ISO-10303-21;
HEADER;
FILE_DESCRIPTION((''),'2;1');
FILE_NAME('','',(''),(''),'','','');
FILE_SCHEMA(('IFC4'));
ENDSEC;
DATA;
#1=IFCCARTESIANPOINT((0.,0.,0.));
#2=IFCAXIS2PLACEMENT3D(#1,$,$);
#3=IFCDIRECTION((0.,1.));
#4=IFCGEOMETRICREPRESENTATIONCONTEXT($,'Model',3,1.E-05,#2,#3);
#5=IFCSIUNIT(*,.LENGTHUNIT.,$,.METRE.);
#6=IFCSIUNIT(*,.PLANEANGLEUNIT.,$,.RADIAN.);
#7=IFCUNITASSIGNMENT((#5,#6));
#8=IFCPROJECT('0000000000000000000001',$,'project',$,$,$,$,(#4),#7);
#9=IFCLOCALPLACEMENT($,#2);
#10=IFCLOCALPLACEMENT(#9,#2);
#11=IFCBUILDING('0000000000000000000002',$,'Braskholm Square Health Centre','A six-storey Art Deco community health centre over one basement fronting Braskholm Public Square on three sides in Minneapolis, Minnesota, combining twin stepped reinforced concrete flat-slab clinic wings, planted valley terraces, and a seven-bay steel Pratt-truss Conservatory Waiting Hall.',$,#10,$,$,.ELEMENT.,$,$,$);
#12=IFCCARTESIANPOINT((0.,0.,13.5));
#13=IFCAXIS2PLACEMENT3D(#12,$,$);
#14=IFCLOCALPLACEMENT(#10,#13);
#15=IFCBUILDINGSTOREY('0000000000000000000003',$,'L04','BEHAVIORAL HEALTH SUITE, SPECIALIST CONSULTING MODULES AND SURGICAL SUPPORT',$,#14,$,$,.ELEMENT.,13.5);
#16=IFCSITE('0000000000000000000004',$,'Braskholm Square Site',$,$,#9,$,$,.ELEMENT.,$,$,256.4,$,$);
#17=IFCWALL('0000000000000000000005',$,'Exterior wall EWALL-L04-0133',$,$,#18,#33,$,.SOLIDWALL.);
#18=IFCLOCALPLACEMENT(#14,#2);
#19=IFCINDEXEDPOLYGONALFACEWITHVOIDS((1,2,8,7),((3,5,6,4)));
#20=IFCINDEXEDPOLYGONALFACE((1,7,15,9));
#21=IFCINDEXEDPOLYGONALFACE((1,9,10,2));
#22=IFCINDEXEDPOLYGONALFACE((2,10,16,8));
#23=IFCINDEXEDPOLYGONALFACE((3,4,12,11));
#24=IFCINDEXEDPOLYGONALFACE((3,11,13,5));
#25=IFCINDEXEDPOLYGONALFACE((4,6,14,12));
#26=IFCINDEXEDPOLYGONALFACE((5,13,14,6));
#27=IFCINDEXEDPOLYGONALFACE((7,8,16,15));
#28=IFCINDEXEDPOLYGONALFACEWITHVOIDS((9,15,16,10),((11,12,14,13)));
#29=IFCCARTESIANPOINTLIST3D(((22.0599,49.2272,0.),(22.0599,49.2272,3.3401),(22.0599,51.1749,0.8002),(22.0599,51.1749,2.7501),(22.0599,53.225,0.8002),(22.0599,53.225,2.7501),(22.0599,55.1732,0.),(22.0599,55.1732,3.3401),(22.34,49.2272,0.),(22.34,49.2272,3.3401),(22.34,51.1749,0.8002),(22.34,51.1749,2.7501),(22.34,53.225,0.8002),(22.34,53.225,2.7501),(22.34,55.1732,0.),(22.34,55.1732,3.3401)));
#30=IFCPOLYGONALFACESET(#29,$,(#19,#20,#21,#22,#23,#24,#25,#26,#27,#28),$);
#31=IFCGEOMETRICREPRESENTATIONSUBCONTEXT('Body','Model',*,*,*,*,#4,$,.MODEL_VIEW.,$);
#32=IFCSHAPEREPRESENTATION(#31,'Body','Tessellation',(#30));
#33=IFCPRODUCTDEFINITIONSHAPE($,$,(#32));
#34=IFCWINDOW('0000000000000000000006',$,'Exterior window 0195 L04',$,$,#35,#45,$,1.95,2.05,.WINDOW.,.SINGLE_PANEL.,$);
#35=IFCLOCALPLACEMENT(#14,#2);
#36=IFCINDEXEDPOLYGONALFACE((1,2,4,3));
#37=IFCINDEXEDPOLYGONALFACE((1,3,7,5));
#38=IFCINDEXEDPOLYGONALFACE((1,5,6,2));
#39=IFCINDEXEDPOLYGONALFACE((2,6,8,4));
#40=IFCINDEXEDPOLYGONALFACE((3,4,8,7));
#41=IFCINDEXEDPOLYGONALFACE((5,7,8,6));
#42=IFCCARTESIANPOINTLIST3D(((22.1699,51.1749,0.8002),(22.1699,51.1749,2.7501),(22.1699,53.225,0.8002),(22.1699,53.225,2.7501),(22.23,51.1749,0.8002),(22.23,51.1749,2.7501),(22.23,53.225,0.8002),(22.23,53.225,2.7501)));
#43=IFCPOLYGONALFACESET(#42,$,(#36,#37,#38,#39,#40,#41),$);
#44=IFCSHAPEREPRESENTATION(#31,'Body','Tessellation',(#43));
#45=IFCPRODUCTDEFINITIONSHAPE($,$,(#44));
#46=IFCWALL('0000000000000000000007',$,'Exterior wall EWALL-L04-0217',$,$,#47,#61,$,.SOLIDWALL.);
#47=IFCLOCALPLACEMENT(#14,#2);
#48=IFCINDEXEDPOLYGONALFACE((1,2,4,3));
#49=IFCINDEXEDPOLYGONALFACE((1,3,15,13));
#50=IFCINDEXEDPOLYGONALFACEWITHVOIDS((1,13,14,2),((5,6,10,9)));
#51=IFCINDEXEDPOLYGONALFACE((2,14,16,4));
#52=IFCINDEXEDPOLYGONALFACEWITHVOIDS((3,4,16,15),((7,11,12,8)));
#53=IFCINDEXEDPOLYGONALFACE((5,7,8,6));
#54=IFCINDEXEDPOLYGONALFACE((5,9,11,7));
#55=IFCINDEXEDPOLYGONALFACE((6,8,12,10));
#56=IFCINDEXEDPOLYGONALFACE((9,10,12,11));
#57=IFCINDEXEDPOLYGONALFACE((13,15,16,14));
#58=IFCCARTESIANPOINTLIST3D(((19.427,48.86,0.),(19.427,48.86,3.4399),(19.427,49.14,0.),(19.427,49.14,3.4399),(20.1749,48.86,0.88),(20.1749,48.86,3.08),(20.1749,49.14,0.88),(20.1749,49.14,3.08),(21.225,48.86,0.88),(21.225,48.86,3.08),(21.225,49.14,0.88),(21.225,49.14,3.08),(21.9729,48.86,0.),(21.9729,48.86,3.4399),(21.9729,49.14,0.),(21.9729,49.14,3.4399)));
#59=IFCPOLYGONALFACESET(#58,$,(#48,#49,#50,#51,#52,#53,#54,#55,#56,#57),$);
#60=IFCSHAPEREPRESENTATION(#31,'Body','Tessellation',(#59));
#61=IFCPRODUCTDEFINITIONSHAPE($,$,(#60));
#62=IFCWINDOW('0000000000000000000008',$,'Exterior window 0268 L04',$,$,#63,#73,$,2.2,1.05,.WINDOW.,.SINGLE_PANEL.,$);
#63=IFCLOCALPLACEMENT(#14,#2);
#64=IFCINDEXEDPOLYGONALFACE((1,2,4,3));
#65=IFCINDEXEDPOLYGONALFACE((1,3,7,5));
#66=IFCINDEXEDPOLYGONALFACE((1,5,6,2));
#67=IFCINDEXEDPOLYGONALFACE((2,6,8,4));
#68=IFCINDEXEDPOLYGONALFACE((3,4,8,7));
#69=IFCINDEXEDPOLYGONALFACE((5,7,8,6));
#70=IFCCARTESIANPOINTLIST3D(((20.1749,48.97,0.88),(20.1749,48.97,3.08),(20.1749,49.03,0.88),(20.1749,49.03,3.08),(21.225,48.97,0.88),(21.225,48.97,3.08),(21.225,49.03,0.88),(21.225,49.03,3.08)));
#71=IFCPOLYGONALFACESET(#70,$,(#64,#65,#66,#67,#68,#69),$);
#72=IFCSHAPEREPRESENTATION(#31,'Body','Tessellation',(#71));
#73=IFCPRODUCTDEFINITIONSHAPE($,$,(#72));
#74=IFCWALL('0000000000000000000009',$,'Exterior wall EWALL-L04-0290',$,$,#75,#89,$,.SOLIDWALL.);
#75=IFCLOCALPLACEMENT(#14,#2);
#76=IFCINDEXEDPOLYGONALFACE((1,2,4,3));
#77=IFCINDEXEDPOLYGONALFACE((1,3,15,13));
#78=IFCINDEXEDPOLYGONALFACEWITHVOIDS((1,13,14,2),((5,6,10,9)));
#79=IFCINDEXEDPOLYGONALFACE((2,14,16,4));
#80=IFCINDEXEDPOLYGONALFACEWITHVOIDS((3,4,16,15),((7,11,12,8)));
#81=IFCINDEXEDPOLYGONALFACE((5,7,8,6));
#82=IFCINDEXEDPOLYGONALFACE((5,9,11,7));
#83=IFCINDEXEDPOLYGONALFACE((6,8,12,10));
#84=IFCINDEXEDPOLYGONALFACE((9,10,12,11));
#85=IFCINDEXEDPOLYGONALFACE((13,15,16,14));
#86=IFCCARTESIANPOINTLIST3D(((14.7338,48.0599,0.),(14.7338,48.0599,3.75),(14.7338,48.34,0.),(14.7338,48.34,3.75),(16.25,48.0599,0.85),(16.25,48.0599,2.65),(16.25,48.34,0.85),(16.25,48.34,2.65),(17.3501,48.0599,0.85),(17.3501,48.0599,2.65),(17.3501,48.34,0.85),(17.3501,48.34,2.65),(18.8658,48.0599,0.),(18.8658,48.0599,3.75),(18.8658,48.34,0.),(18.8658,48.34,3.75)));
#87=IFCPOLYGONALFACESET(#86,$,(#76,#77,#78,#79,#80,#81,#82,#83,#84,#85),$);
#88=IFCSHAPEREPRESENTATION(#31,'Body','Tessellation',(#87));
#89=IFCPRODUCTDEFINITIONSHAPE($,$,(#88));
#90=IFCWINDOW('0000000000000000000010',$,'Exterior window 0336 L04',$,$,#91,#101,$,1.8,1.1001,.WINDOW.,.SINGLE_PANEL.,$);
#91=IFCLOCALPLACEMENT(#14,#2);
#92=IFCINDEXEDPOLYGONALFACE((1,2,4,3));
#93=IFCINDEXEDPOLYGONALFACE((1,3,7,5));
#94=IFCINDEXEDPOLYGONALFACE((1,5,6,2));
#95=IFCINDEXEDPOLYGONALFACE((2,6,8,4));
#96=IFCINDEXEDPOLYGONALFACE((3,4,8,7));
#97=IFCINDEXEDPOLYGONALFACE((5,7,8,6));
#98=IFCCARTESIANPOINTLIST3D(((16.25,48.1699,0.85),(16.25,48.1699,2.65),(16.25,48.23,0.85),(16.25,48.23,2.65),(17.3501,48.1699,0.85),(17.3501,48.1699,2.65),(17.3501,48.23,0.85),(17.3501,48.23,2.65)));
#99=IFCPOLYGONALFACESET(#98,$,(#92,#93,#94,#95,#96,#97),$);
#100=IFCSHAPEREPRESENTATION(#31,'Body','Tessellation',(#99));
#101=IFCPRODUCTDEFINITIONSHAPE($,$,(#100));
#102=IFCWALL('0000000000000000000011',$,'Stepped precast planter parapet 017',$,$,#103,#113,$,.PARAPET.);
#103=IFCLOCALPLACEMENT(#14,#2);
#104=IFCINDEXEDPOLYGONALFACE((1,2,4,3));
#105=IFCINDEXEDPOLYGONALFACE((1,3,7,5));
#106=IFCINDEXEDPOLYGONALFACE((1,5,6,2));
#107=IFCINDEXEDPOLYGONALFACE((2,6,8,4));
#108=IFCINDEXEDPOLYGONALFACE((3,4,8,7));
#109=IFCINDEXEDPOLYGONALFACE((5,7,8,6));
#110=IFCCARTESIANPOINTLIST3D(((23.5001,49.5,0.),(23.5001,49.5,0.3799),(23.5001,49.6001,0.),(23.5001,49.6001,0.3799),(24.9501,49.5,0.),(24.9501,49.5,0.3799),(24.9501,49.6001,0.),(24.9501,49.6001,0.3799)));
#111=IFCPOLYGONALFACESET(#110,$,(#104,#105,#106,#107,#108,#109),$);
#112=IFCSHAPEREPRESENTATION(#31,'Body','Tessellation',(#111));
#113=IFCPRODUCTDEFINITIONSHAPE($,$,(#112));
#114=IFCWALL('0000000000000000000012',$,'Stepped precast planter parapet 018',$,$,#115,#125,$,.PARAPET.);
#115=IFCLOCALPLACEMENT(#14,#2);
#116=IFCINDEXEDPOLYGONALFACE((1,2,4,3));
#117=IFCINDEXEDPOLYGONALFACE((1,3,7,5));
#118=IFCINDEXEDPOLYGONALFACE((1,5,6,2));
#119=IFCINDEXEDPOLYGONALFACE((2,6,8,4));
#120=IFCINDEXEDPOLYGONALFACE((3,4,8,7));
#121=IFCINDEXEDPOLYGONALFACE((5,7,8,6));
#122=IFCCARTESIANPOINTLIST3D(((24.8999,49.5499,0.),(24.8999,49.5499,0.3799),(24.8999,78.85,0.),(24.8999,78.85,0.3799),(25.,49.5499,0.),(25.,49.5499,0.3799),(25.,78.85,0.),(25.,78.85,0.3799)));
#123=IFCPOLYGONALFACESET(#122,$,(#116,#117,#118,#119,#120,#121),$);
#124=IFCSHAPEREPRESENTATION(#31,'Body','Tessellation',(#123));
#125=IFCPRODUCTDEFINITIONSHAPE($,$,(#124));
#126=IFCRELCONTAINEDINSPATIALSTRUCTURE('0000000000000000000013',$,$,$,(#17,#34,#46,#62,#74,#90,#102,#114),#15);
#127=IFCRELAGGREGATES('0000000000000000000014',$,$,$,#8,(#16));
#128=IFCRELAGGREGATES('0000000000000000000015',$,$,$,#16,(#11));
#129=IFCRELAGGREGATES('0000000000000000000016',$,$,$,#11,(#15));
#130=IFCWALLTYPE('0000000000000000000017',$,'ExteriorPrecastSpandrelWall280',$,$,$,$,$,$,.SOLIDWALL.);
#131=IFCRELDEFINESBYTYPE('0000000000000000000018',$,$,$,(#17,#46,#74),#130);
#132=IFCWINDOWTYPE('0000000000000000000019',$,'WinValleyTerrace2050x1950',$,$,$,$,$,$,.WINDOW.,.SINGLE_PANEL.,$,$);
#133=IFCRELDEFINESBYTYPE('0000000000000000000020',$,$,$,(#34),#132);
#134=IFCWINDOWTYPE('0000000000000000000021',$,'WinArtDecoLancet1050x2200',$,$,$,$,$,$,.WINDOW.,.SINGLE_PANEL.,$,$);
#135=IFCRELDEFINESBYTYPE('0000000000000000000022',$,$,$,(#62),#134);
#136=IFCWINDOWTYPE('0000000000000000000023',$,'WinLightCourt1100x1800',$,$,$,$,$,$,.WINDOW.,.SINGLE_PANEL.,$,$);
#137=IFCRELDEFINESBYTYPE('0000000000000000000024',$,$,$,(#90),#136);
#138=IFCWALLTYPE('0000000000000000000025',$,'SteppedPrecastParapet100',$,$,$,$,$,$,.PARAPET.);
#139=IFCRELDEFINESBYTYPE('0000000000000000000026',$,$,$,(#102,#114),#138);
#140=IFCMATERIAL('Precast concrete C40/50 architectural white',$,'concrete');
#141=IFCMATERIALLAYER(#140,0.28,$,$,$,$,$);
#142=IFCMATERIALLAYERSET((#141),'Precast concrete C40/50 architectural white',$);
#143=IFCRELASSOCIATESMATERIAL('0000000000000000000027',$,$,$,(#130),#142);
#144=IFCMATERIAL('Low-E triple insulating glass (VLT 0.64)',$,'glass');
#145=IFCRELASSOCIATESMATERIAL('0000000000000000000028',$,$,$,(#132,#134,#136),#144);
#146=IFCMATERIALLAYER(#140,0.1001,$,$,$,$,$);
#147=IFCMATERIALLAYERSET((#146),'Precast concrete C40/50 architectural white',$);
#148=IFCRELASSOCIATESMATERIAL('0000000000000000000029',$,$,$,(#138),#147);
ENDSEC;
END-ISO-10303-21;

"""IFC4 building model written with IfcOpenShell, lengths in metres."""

from ifc_helpers import new_model, si_unit, direction, frame, frame_2d, origin, origin_with_axes, place, context, subcontext, project, spatial, rectangle, extrude, material, layer, layer_set, type_object, element, fill, save


model = new_model("IFC4")

# Units and contexts
model_context = context("Model", 3, precision=1e-05, world=origin(), true_north=direction((0.0, 1.0)))
body_context = subcontext(model_context, "Body", "Model", "MODEL_VIEW")
ifc_project = project(units=[si_unit("LENGTHUNIT", "METRE"), si_unit("PLANEANGLEUNIT", "RADIAN")], contexts=[model_context])

# Site, building, storey
site_placement = place(None, origin())
site = spatial("IfcSite", under=ifc_project, at=site_placement, Name="Braskholm Square Site", CompositionType="ELEMENT", RefElevation=256.4)
building_placement = place(site_placement, origin())
building = spatial("IfcBuilding", under=site, at=building_placement, Name="Braskholm Square Health Centre", Description="A six-storey Art Deco community health centre over one basement fronting Braskholm Public Square on three sides in Minneapolis, Minnesota, combining twin stepped reinforced concrete flat-slab clinic wings, planted valley terraces, and a seven-bay steel Pratt-truss Conservatory Waiting Hall.", CompositionType="ELEMENT")
storey_placement = place(building_placement, frame((0.0, 0.0, 13.5)))
storey = spatial("IfcBuildingStorey", under=building, at=storey_placement, Name="L04", Description="BEHAVIORAL HEALTH SUITE, SPECIALIST CONSULTING MODULES AND SURGICAL SUPPORT", CompositionType="ELEMENT", Elevation=13.5)

# Shared definitions
ifc_material_1 = material(Name="Low-E triple insulating glass (VLT 0.64)", Category="glass")

# Shared definitions
ifc_material_2 = material(Name="Precast concrete C40/50 architectural white", Category="concrete")

# Walls, openings, windows
ifc_layer_1 = layer(ifc_material_2, 0.28)
ifc_layer_set_1 = layer_set([ifc_layer_1], Name="Precast concrete C40/50 architectural white")
wall_type_1 = type_object("IfcWallType", Name="ExteriorPrecastSpandrelWall280", PredefinedType="SOLIDWALL", material=ifc_layer_set_1)
wall_1_placement = place(storey_placement, frame((22.2, 49.2271, 0.0), z_axis=(0.0, 0.0, 1.0), x_axis=(0.0, 1.0, 0.0)))
wall_1 = element("IfcWall", 1, at=wall_1_placement, inside=storey, type_object=wall_type_1, Name="Exterior wall EWALL-L04-0133", PredefinedType="SOLIDWALL", context=body_context, shape_type="SweptSolid", body=[
    extrude(rectangle(XDim=5.946, YDim=0.28, at=frame_2d((2.9731, 0.0))), origin(), (0.0, 0.0, 1.0), 3.3401),
])
opening_1_placement = place(wall_1_placement, frame((1.948, 0.0, 0.8)))
opening_1 = element("IfcOpeningElement", 2, at=opening_1_placement, cuts=wall_1, PredefinedType="OPENING", context=body_context, shape_type="SweptSolid", body=[
    extrude(rectangle(XDim=2.05, YDim=1.95, at=frame_2d((1.0249, 0.9751))), frame((0.0, 0.1499, 0.0), z_axis=(0.0, -1.0, 0.0), x_axis=(1.0, 0.0, 0.0)), (0.0, 0.0, 1.0), 0.3),
])
window_type_1 = type_object("IfcWindowType", Name="WinValleyTerrace2050x1950", PartitioningType="SINGLE_PANEL", PredefinedType="WINDOW", material=ifc_material_1)
window_1_placement = place(opening_1_placement, origin_with_axes())
window_1 = element("IfcWindow", 3, at=window_1_placement, inside=storey, type_object=window_type_1, Name="Exterior window 0195 L04", OverallHeight=1.95, OverallWidth=2.05, PartitioningType="SINGLE_PANEL", PredefinedType="WINDOW", context=body_context, shape_type="SweptSolid", body=[
    extrude(rectangle(XDim=2.05, YDim=1.95, at=frame_2d((1.0249, 0.9751))), frame((0.0, 0.03, 0.0), z_axis=(0.0, -1.0, 0.0), x_axis=(1.0, 0.0, 0.0)), (0.0, 0.0, 1.0), 0.0601),
])
fill(opening_1, window_1)
wall_2_placement = place(storey_placement, frame((19.427, 49.0, 0.0), z_axis=(0.0, 0.0, 1.0), x_axis=(1.0, 0.0, 0.0)))
wall_2 = element("IfcWall", 4, at=wall_2_placement, inside=storey, type_object=wall_type_1, Name="Exterior wall EWALL-L04-0217", PredefinedType="SOLIDWALL", context=body_context, shape_type="SweptSolid", body=[
    extrude(rectangle(XDim=2.5459, YDim=0.28, at=frame_2d((1.2729, 0.0))), origin(), (0.0, 0.0, 1.0), 3.4399),
])
opening_2_placement = place(wall_2_placement, frame((0.748, 0.0, 0.8799)))
opening_2 = element("IfcOpeningElement", 5, at=opening_2_placement, cuts=wall_2, PredefinedType="OPENING", context=body_context, shape_type="SweptSolid", body=[
    extrude(rectangle(XDim=1.05, YDim=2.2, at=frame_2d((0.5249, 1.1001))), frame((0.0, 0.1499, 0.0), z_axis=(0.0, -1.0, 0.0), x_axis=(1.0, 0.0, 0.0)), (0.0, 0.0, 1.0), 0.3),
])
window_type_2 = type_object("IfcWindowType", Name="WinArtDecoLancet1050x2200", PartitioningType="SINGLE_PANEL", PredefinedType="WINDOW", material=ifc_material_1)
window_2_placement = place(opening_2_placement, origin_with_axes())
window_2 = element("IfcWindow", 6, at=window_2_placement, inside=storey, type_object=window_type_2, Name="Exterior window 0268 L04", OverallHeight=2.2, OverallWidth=1.05, PartitioningType="SINGLE_PANEL", PredefinedType="WINDOW", context=body_context, shape_type="SweptSolid", body=[
    extrude(rectangle(XDim=1.05, YDim=2.2, at=frame_2d((0.5249, 1.1001))), frame((0.0, 0.03, 0.0), z_axis=(0.0, -1.0, 0.0), x_axis=(1.0, 0.0, 0.0)), (0.0, 0.0, 1.0), 0.0601),
])
fill(opening_2, window_2)
wall_3_placement = place(storey_placement, frame((14.7339, 48.2, 0.0), z_axis=(0.0, 0.0, 1.0), x_axis=(1.0, 0.0, 0.0)))
wall_3 = element("IfcWall", 7, at=wall_3_placement, inside=storey, type_object=wall_type_1, Name="Exterior wall EWALL-L04-0290", PredefinedType="SOLIDWALL", context=body_context, shape_type="SweptSolid", body=[
    extrude(rectangle(XDim=4.1321, YDim=0.28, at=frame_2d((2.0659, 0.0))), origin(), (0.0, 0.0, 1.0), 3.75),
])
opening_3_placement = place(wall_3_placement, frame((1.5161, 0.0, 0.8501)))
opening_3 = element("IfcOpeningElement", 8, at=opening_3_placement, cuts=wall_3, PredefinedType="OPENING", context=body_context, shape_type="SweptSolid", body=[
    extrude(rectangle(XDim=1.1001, YDim=1.8, at=frame_2d((0.55, 0.8999))), frame((0.0, 0.1499, 0.0), z_axis=(0.0, -1.0, 0.0), x_axis=(1.0, 0.0, 0.0)), (0.0, 0.0, 1.0), 0.3),
])
window_type_3 = type_object("IfcWindowType", Name="WinLightCourt1100x1800", PartitioningType="SINGLE_PANEL", PredefinedType="WINDOW", material=ifc_material_1)
window_3_placement = place(opening_3_placement, origin_with_axes())
window_3 = element("IfcWindow", 9, at=window_3_placement, inside=storey, type_object=window_type_3, Name="Exterior window 0336 L04", OverallHeight=1.8, OverallWidth=1.1001, PartitioningType="SINGLE_PANEL", PredefinedType="WINDOW", context=body_context, shape_type="SweptSolid", body=[
    extrude(rectangle(XDim=1.1001, YDim=1.8, at=frame_2d((0.55, 0.8999))), frame((0.0, 0.03, 0.0), z_axis=(0.0, -1.0, 0.0), x_axis=(1.0, 0.0, 0.0)), (0.0, 0.0, 1.0), 0.0601),
])
fill(opening_3, window_3)

# Walls
ifc_layer_2 = layer(ifc_material_2, 0.1001)
ifc_layer_set_2 = layer_set([ifc_layer_2], Name="Precast concrete C40/50 architectural white")
wall_type_2 = type_object("IfcWallType", Name="SteppedPrecastParapet100", PredefinedType="PARAPET", material=ifc_layer_set_2)
wall_4_placement = place(storey_placement, frame((23.5, 49.55, 0.0), z_axis=(0.0, 0.0, 1.0), x_axis=(1.0, 0.0, 0.0)))
element("IfcWall", 10, at=wall_4_placement, inside=storey, type_object=wall_type_2, Name="Stepped precast planter parapet 017", PredefinedType="PARAPET", context=body_context, shape_type="SweptSolid", body=[
    extrude(rectangle(XDim=1.45, YDim=0.1001, at=frame_2d((0.7251, 0.0))), origin(), (0.0, 0.0, 1.0), 0.3799),
])
wall_5_placement = place(storey_placement, frame((24.95, 49.55, 0.0), z_axis=(0.0, 0.0, 1.0), x_axis=(0.0, 1.0, 0.0)))
element("IfcWall", 11, at=wall_5_placement, inside=storey, type_object=wall_type_2, Name="Stepped precast planter parapet 018", PredefinedType="PARAPET", context=body_context, shape_type="SweptSolid", body=[
    extrude(rectangle(XDim=29.3, YDim=0.1001, at=frame_2d((14.6499, 0.0))), origin(), (0.0, 0.0, 1.0), 0.3799),
])

save(model, "model.ifc")
